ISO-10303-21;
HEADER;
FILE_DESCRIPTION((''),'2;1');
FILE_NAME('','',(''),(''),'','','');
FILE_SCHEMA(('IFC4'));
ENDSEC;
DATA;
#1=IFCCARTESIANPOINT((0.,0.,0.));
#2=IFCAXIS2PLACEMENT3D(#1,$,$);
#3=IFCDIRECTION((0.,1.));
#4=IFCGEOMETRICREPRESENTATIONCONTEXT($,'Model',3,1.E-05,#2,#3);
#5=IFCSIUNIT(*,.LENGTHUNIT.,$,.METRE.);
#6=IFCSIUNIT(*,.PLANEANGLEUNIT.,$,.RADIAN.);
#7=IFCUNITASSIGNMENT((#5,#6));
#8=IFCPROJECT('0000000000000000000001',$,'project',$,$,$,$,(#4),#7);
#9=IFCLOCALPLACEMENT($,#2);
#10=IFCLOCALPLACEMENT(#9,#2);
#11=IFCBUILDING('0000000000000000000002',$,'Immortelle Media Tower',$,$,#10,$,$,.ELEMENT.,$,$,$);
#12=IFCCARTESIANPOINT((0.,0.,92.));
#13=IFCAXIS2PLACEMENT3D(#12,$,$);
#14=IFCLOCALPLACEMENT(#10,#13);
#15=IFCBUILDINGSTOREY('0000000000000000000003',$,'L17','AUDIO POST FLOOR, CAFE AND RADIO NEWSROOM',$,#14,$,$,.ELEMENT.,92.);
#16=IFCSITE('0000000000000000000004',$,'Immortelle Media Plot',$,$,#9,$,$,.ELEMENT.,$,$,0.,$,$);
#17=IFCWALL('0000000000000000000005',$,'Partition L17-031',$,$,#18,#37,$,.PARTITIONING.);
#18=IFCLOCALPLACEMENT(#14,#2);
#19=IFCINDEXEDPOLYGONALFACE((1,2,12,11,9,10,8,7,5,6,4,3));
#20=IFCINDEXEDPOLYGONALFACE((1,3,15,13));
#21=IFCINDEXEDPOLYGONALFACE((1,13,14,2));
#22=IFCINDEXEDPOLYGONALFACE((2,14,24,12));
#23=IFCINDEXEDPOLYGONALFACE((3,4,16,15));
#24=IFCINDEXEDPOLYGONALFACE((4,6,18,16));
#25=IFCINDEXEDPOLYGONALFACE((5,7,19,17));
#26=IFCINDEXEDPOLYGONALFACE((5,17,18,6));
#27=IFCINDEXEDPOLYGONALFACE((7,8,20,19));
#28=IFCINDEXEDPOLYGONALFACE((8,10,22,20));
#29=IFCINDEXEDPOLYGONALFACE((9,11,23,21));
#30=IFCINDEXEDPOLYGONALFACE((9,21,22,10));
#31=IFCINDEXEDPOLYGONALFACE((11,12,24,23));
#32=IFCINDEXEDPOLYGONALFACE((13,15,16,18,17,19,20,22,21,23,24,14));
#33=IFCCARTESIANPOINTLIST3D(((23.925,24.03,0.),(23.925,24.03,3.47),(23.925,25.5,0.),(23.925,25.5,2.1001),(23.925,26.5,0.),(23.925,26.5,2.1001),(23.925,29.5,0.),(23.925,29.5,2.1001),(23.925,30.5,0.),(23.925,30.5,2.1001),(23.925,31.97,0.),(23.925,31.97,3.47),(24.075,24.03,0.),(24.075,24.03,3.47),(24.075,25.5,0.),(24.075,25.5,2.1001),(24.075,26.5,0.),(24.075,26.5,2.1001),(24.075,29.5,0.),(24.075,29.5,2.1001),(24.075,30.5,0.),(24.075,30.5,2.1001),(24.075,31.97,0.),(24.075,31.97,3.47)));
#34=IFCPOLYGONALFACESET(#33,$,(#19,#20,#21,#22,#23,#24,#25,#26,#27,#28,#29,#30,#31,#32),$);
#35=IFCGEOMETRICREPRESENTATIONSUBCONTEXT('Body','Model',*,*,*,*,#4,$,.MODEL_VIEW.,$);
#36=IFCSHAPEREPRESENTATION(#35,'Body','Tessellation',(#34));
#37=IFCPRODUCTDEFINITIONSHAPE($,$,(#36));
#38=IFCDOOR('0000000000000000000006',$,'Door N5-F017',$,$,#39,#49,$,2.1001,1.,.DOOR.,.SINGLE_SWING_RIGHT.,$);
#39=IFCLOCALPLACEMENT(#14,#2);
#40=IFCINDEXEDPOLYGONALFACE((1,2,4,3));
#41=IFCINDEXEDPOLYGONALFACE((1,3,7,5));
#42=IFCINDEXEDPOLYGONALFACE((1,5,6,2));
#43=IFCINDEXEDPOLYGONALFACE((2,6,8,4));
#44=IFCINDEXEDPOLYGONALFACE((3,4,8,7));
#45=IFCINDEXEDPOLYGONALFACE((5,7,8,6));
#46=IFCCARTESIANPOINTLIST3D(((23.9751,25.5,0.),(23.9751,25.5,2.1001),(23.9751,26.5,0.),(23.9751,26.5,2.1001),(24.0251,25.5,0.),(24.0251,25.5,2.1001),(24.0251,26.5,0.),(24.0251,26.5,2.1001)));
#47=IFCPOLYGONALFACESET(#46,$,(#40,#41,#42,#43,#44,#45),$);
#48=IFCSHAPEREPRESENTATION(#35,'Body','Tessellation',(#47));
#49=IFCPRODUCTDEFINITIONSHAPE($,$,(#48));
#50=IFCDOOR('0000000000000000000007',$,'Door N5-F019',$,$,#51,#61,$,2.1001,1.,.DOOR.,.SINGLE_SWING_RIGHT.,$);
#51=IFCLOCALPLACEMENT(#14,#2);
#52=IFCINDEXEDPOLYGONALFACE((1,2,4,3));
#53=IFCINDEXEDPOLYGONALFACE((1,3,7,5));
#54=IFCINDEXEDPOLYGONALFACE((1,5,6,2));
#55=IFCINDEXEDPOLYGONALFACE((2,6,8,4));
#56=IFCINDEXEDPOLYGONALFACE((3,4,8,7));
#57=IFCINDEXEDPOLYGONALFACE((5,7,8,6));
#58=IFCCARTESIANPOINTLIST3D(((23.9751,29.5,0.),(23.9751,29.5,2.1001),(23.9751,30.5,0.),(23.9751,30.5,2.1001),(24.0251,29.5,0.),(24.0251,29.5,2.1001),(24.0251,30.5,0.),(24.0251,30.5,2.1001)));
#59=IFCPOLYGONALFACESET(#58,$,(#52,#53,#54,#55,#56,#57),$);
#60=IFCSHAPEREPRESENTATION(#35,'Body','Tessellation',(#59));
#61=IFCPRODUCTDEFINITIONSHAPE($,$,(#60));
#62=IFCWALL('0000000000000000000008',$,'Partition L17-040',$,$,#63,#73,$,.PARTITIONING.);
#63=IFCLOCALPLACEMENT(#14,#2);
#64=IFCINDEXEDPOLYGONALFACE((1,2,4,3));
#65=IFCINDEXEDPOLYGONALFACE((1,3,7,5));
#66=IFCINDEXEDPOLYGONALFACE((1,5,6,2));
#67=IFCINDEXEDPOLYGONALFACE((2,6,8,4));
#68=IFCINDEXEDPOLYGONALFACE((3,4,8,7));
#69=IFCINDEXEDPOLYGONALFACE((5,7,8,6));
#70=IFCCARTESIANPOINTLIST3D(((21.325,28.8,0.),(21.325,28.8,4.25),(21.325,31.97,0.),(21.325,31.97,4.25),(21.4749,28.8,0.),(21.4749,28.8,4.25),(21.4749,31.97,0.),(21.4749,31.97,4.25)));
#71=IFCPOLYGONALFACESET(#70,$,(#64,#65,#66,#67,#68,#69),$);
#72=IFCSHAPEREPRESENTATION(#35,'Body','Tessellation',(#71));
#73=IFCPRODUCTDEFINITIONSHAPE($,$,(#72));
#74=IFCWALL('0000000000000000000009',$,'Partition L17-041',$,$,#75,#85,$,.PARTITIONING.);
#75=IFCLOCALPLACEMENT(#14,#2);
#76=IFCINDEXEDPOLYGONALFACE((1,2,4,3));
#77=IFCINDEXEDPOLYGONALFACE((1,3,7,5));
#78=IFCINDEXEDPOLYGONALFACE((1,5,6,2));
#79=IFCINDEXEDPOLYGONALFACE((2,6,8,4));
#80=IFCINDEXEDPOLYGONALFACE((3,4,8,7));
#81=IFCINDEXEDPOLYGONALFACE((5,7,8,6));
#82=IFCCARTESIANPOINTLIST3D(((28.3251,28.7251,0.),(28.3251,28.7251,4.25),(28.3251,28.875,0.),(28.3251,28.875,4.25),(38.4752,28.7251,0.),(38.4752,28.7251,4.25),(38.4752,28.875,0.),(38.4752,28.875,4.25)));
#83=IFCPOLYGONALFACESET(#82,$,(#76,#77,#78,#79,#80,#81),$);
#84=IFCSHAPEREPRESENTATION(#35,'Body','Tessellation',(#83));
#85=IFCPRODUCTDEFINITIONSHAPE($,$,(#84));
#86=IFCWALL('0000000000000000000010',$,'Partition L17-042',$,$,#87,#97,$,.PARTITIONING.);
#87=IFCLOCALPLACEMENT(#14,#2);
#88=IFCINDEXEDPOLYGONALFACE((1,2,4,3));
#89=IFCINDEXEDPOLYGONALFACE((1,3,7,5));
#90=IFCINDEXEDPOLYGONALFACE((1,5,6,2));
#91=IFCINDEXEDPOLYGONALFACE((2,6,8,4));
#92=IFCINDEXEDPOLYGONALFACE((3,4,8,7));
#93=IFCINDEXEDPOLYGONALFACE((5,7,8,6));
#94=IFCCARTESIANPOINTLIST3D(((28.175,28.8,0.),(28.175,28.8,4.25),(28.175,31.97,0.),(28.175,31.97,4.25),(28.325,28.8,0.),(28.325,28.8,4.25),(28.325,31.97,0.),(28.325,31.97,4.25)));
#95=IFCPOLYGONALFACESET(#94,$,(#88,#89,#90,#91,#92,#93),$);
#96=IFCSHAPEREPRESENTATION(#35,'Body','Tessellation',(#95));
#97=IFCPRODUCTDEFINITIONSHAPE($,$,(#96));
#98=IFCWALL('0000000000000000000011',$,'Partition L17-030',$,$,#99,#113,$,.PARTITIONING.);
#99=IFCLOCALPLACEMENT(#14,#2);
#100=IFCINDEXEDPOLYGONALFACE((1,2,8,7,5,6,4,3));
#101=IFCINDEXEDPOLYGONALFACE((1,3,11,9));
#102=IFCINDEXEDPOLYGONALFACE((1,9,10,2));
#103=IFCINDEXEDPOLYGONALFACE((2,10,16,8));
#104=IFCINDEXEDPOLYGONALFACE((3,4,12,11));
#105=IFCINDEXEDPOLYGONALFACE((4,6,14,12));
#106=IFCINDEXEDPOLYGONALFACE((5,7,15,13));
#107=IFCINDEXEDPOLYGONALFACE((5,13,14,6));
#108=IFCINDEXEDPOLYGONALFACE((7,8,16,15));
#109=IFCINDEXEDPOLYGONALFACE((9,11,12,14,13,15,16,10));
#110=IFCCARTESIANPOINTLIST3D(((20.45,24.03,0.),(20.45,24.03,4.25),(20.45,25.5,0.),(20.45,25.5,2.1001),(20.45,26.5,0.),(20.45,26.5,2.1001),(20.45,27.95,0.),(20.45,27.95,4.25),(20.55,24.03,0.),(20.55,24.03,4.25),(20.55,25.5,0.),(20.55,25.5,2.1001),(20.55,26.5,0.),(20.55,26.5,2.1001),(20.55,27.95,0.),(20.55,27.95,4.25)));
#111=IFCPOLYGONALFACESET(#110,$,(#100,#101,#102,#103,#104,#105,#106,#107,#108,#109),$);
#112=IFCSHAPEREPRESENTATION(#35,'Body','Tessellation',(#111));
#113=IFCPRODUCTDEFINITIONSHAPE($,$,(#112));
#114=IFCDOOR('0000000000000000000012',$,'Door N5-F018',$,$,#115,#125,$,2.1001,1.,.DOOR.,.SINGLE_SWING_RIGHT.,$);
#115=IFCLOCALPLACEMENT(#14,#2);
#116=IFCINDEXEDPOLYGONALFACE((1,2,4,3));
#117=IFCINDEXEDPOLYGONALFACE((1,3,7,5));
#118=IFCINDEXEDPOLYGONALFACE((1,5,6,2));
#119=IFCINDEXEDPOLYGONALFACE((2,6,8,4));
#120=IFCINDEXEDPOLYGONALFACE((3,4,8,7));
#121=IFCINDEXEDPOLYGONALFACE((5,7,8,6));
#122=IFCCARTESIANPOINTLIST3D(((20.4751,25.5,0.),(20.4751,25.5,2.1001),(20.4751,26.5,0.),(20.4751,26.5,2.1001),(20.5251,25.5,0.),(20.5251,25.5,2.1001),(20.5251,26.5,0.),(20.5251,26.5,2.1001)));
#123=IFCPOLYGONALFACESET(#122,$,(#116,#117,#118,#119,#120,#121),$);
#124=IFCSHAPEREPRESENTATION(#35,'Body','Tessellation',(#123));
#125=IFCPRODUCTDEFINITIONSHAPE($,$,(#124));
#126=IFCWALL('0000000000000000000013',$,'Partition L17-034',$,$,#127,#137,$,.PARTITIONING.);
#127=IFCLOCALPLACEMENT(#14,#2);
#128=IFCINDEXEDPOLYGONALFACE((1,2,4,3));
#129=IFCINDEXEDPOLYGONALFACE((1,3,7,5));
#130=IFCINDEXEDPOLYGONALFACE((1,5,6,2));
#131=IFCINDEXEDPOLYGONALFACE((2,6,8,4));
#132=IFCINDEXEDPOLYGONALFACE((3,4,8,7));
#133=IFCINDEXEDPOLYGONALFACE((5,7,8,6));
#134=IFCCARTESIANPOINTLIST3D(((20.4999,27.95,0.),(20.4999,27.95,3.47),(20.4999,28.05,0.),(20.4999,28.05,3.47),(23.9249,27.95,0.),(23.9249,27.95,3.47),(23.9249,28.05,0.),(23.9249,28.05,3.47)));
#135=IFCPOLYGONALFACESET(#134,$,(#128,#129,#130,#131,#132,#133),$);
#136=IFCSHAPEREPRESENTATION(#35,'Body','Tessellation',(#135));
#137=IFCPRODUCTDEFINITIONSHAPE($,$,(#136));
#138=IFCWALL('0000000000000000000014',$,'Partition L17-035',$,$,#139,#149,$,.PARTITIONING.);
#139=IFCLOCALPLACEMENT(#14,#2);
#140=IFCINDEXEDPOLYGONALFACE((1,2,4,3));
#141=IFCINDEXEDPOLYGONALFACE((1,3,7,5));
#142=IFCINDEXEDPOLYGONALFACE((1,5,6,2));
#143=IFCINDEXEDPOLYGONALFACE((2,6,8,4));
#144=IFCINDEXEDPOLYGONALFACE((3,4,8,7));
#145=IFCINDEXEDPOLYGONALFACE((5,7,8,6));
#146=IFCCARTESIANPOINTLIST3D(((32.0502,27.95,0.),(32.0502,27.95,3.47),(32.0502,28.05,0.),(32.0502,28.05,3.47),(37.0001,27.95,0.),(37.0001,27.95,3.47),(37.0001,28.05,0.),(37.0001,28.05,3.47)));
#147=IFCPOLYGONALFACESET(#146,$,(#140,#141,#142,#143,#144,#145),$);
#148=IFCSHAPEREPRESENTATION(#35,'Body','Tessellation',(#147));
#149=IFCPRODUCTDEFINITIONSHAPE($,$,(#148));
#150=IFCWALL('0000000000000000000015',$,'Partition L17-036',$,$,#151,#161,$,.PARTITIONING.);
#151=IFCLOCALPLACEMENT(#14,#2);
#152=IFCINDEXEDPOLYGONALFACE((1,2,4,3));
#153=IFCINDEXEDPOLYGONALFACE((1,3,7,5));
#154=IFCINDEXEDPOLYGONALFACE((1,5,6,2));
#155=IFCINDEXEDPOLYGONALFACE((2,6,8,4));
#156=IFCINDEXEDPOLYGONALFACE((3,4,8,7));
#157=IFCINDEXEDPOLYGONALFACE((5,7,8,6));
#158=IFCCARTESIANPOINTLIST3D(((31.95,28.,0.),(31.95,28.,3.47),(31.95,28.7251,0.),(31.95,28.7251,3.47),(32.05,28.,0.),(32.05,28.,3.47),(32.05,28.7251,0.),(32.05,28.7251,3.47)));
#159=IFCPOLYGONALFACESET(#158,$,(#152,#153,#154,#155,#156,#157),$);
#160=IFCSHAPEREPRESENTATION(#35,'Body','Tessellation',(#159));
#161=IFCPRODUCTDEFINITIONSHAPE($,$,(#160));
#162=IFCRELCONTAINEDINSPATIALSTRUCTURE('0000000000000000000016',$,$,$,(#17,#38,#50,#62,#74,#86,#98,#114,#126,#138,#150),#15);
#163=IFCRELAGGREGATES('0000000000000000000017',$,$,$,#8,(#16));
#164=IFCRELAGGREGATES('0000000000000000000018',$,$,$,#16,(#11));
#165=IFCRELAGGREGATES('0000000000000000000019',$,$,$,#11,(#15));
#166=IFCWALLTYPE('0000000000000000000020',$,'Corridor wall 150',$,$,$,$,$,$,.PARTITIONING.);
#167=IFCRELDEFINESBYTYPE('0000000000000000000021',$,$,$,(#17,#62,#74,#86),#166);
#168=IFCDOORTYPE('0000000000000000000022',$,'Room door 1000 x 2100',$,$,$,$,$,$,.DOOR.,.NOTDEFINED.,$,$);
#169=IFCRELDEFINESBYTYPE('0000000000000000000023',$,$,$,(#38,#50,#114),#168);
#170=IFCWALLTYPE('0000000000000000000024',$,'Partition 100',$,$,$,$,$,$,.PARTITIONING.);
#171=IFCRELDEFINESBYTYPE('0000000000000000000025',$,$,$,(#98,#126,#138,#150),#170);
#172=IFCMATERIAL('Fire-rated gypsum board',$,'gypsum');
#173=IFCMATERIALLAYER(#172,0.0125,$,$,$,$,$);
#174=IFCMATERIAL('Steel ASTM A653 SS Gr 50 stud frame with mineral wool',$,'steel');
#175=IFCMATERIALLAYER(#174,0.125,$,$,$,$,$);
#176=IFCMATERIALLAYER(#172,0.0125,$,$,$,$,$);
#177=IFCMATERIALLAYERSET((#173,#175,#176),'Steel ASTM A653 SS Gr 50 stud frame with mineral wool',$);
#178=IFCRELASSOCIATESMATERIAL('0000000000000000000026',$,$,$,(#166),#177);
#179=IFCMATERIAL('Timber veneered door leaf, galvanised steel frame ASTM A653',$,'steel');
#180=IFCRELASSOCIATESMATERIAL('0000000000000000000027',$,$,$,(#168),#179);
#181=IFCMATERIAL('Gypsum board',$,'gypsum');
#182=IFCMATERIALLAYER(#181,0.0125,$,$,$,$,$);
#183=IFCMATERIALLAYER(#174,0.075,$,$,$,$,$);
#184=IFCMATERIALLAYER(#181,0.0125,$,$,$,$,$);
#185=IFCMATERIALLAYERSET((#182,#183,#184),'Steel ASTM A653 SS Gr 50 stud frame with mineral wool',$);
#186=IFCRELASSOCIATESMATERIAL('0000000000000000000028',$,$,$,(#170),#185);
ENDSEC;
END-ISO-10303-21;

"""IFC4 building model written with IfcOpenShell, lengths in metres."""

from ifc_helpers import new_model, si_unit, direction, frame, frame_2d, origin, place, context, subcontext, project, spatial, rectangle, extrude, material, layer, layer_set, type_object, element, fill, save


model = new_model("IFC4")

# Units and contexts
model_context = context("Model", 3, precision=1e-05, world=origin(), true_north=direction((0.0, 1.0)))
body_context = subcontext(model_context, "Body", "Model", "MODEL_VIEW")
ifc_project = project(units=[si_unit("LENGTHUNIT", "METRE"), si_unit("PLANEANGLEUNIT", "RADIAN")], contexts=[model_context])

# Site, building, storey
site_placement = place(None, origin())
site = spatial("IfcSite", under=ifc_project, at=site_placement, Name="Immortelle Media Plot", CompositionType="ELEMENT", RefElevation=0.0)
building_placement = place(site_placement, origin())
building = spatial("IfcBuilding", under=site, at=building_placement, Name="Immortelle Media Tower", CompositionType="ELEMENT")
storey_placement = place(building_placement, frame((0.0, 0.0, 92.0)))
storey = spatial("IfcBuildingStorey", under=building, at=storey_placement, Name="L17", Description="AUDIO POST FLOOR, CAFE AND RADIO NEWSROOM", CompositionType="ELEMENT", Elevation=92.0)

# Wall, openings, doors
ifc_material_1 = material(Name="Fire-rated gypsum board", Category="gypsum")
ifc_layer_1 = layer(ifc_material_1, 0.0125)
ifc_material_2 = material(Name="Steel ASTM A653 SS Gr 50 stud frame with mineral wool", Category="steel")
ifc_layer_2 = layer(ifc_material_2, 0.125)
ifc_layer_3 = layer(ifc_material_1, 0.0125)
ifc_layer_set_1 = layer_set([ifc_layer_1, ifc_layer_2, ifc_layer_3], Name="Steel ASTM A653 SS Gr 50 stud frame with mineral wool")
wall_type_1 = type_object("IfcWallType", Name="Corridor wall 150", PredefinedType="PARTITIONING", material=ifc_layer_set_1)
wall_1_placement = place(storey_placement, frame((24.0, 24.03, 0.0), z_axis=(0.0, 0.0, 1.0), x_axis=(0.0, 1.0, 0.0)))
wall_1 = element("IfcWall", 1, at=wall_1_placement, inside=storey, type_object=wall_type_1, Name="Partition L17-031", PredefinedType="PARTITIONING", context=body_context, shape_type="SweptSolid", body=[
    extrude(rectangle(XDim=7.9399, YDim=0.1499, at=frame_2d((3.97, 0.0))), origin(), (0.0, 0.0, 1.0), 3.47),
])
opening_1_placement = place(wall_1_placement, frame((1.47, 0.0, 0.0)))
opening_1 = element("IfcOpeningElement", 2, at=opening_1_placement, cuts=wall_1, PredefinedType="OPENING", context=body_context, shape_type="SweptSolid", body=[
    extrude(rectangle(XDim=1.0, YDim=2.1001, at=frame_2d((0.5, 1.05))), frame((0.0, 0.085, 0.0), z_axis=(0.0, -1.0, 0.0), x_axis=(1.0, 0.0, 0.0)), (0.0, 0.0, 1.0), 0.1699),
])
opening_2_placement = place(wall_1_placement, frame((5.47, 0.0, 0.0)))
opening_2 = element("IfcOpeningElement", 3, at=opening_2_placement, cuts=wall_1, PredefinedType="OPENING", context=body_context, shape_type="SweptSolid", body=[
    extrude(rectangle(XDim=1.0, YDim=2.1001, at=frame_2d((0.5, 1.05))), frame((0.0, 0.085, 0.0), z_axis=(0.0, -1.0, 0.0), x_axis=(1.0, 0.0, 0.0)), (0.0, 0.0, 1.0), 0.1699),
])
ifc_material_3 = material(Name="Timber veneered door leaf, galvanised steel frame ASTM A653", Category="steel")
door_type = type_object("IfcDoorType", Name="Room door 1000 x 2100", OperationType="NOTDEFINED", PredefinedType="DOOR", material=ifc_material_3)
door_1_placement = place(opening_1_placement, origin())
door_1 = element("IfcDoor", 4, at=door_1_placement, inside=storey, type_object=door_type, Name="Door N5-F017", OperationType="SINGLE_SWING_RIGHT", OverallHeight=2.1001, OverallWidth=1.0, PredefinedType="DOOR", context=body_context, shape_type="SweptSolid", body=[
    extrude(rectangle(XDim=1.0, YDim=2.1001, at=frame_2d((0.5, 1.05))), frame((0.0, 0.0249, 0.0), z_axis=(0.0, -1.0, 0.0), x_axis=(1.0, 0.0, 0.0)), (0.0, 0.0, 1.0), 0.05),
])
fill(opening_1, door_1)
door_2_placement = place(opening_2_placement, origin())
door_2 = element("IfcDoor", 5, at=door_2_placement, inside=storey, type_object=door_type, Name="Door N5-F019", OperationType="SINGLE_SWING_RIGHT", OverallHeight=2.1001, OverallWidth=1.0, PredefinedType="DOOR", context=body_context, shape_type="SweptSolid", body=[
    extrude(rectangle(XDim=1.0, YDim=2.1001, at=frame_2d((0.5, 1.05))), frame((0.0, 0.0249, 0.0), z_axis=(0.0, -1.0, 0.0), x_axis=(1.0, 0.0, 0.0)), (0.0, 0.0, 1.0), 0.05),
])
fill(opening_2, door_2)

# Walls
wall_2_placement = place(storey_placement, frame((21.3999, 28.8, 0.0), z_axis=(0.0, 0.0, 1.0), x_axis=(0.0, 1.0, 0.0)))
element("IfcWall", 6, at=wall_2_placement, inside=storey, type_object=wall_type_1, Name="Partition L17-040", PredefinedType="PARTITIONING", context=body_context, shape_type="SweptSolid", body=[
    extrude(rectangle(XDim=3.1699, YDim=0.1499, at=frame_2d((1.585, 0.0))), origin(), (0.0, 0.0, 1.0), 4.25),
])
wall_3_placement = place(storey_placement, frame((28.325, 28.8, 0.0), z_axis=(0.0, 0.0, 1.0), x_axis=(1.0, 0.0, 0.0)))
element("IfcWall", 7, at=wall_3_placement, inside=storey, type_object=wall_type_1, Name="Partition L17-041", PredefinedType="PARTITIONING", context=body_context, shape_type="SweptSolid", body=[
    extrude(rectangle(XDim=10.1501, YDim=0.1499, at=frame_2d((5.0752, 0.0))), origin(), (0.0, 0.0, 1.0), 4.25),
])
wall_4_placement = place(storey_placement, frame((28.25, 28.8, 0.0), z_axis=(0.0, 0.0, 1.0), x_axis=(0.0, 1.0, 0.0)))
element("IfcWall", 8, at=wall_4_placement, inside=storey, type_object=wall_type_1, Name="Partition L17-042", PredefinedType="PARTITIONING", context=body_context, shape_type="SweptSolid", body=[
    extrude(rectangle(XDim=3.1699, YDim=0.1499, at=frame_2d((1.585, 0.0))), origin(), (0.0, 0.0, 1.0), 4.25),
])

# Wall, opening, door
ifc_material_4 = material(Name="Gypsum board", Category="gypsum")
ifc_layer_4 = layer(ifc_material_4, 0.0125)
ifc_layer_5 = layer(ifc_material_2, 0.075)
ifc_layer_6 = layer(ifc_material_4, 0.0125)
ifc_layer_set_2 = layer_set([ifc_layer_4, ifc_layer_5, ifc_layer_6], Name="Steel ASTM A653 SS Gr 50 stud frame with mineral wool")
wall_type_2 = type_object("IfcWallType", Name="Partition 100", PredefinedType="PARTITIONING", material=ifc_layer_set_2)
wall_5_placement = place(storey_placement, frame((20.5, 24.03, 0.0), z_axis=(0.0, 0.0, 1.0), x_axis=(0.0, 1.0, 0.0)))
wall_5 = element("IfcWall", 9, at=wall_5_placement, inside=storey, type_object=wall_type_2, Name="Partition L17-030", PredefinedType="PARTITIONING", context=body_context, shape_type="SweptSolid", body=[
    extrude(rectangle(XDim=3.9199, YDim=0.1001, at=frame_2d((1.96, 0.0))), origin(), (0.0, 0.0, 1.0), 4.25),
])
opening_3_placement = place(wall_5_placement, frame((1.47, 0.0, 0.0)))
opening_3 = element("IfcOpeningElement", 10, at=opening_3_placement, cuts=wall_5, PredefinedType="OPENING", context=body_context, shape_type="SweptSolid", body=[
    extrude(rectangle(XDim=1.0, YDim=2.1001, at=frame_2d((0.5, 1.05))), frame((0.0, 0.0601, 0.0), z_axis=(0.0, -1.0, 0.0), x_axis=(1.0, 0.0, 0.0)), (0.0, 0.0, 1.0), 0.1201),
])
door_3_placement = place(opening_3_placement, origin())
door_3 = element("IfcDoor", 11, at=door_3_placement, inside=storey, type_object=door_type, Name="Door N5-F018", OperationType="SINGLE_SWING_RIGHT", OverallHeight=2.1001, OverallWidth=1.0, PredefinedType="DOOR", context=body_context, shape_type="SweptSolid", body=[
    extrude(rectangle(XDim=1.0, YDim=2.1001, at=frame_2d((0.5, 1.05))), frame((0.0, 0.0249, 0.0), z_axis=(0.0, -1.0, 0.0), x_axis=(1.0, 0.0, 0.0)), (0.0, 0.0, 1.0), 0.05),
])
fill(opening_3, door_3)

# Walls
wall_6_placement = place(storey_placement, frame((20.5, 28.0, 0.0), z_axis=(0.0, 0.0, 1.0), x_axis=(1.0, 0.0, 0.0)))
element("IfcWall", 12, at=wall_6_placement, inside=storey, type_object=wall_type_2, Name="Partition L17-034", PredefinedType="PARTITIONING", context=body_context, shape_type="SweptSolid", body=[
    extrude(rectangle(XDim=3.425, YDim=0.1001, at=frame_2d((1.7124, 0.0))), origin(), (0.0, 0.0, 1.0), 3.47),
])
wall_7_placement = place(storey_placement, frame((32.05, 28.0, 0.0), z_axis=(0.0, 0.0, 1.0), x_axis=(1.0, 0.0, 0.0)))
element("IfcWall", 13, at=wall_7_placement, inside=storey, type_object=wall_type_2, Name="Partition L17-035", PredefinedType="PARTITIONING", context=body_context, shape_type="SweptSolid", body=[
    extrude(rectangle(XDim=4.95, YDim=0.1001, at=frame_2d((2.4751, 0.0))), origin(), (0.0, 0.0, 1.0), 3.47),
])
wall_8_placement = place(storey_placement, frame((32.0, 28.0, 0.0), z_axis=(0.0, 0.0, 1.0), x_axis=(0.0, 1.0, 0.0)))
element("IfcWall", 14, at=wall_8_placement, inside=storey, type_object=wall_type_2, Name="Partition L17-036", PredefinedType="PARTITIONING", context=body_context, shape_type="SweptSolid", body=[
    extrude(rectangle(XDim=0.7251, YDim=0.1001, at=frame_2d((0.3625, 0.0))), origin(), (0.0, 0.0, 1.0), 3.47),
])

save(model, "model.ifc")
